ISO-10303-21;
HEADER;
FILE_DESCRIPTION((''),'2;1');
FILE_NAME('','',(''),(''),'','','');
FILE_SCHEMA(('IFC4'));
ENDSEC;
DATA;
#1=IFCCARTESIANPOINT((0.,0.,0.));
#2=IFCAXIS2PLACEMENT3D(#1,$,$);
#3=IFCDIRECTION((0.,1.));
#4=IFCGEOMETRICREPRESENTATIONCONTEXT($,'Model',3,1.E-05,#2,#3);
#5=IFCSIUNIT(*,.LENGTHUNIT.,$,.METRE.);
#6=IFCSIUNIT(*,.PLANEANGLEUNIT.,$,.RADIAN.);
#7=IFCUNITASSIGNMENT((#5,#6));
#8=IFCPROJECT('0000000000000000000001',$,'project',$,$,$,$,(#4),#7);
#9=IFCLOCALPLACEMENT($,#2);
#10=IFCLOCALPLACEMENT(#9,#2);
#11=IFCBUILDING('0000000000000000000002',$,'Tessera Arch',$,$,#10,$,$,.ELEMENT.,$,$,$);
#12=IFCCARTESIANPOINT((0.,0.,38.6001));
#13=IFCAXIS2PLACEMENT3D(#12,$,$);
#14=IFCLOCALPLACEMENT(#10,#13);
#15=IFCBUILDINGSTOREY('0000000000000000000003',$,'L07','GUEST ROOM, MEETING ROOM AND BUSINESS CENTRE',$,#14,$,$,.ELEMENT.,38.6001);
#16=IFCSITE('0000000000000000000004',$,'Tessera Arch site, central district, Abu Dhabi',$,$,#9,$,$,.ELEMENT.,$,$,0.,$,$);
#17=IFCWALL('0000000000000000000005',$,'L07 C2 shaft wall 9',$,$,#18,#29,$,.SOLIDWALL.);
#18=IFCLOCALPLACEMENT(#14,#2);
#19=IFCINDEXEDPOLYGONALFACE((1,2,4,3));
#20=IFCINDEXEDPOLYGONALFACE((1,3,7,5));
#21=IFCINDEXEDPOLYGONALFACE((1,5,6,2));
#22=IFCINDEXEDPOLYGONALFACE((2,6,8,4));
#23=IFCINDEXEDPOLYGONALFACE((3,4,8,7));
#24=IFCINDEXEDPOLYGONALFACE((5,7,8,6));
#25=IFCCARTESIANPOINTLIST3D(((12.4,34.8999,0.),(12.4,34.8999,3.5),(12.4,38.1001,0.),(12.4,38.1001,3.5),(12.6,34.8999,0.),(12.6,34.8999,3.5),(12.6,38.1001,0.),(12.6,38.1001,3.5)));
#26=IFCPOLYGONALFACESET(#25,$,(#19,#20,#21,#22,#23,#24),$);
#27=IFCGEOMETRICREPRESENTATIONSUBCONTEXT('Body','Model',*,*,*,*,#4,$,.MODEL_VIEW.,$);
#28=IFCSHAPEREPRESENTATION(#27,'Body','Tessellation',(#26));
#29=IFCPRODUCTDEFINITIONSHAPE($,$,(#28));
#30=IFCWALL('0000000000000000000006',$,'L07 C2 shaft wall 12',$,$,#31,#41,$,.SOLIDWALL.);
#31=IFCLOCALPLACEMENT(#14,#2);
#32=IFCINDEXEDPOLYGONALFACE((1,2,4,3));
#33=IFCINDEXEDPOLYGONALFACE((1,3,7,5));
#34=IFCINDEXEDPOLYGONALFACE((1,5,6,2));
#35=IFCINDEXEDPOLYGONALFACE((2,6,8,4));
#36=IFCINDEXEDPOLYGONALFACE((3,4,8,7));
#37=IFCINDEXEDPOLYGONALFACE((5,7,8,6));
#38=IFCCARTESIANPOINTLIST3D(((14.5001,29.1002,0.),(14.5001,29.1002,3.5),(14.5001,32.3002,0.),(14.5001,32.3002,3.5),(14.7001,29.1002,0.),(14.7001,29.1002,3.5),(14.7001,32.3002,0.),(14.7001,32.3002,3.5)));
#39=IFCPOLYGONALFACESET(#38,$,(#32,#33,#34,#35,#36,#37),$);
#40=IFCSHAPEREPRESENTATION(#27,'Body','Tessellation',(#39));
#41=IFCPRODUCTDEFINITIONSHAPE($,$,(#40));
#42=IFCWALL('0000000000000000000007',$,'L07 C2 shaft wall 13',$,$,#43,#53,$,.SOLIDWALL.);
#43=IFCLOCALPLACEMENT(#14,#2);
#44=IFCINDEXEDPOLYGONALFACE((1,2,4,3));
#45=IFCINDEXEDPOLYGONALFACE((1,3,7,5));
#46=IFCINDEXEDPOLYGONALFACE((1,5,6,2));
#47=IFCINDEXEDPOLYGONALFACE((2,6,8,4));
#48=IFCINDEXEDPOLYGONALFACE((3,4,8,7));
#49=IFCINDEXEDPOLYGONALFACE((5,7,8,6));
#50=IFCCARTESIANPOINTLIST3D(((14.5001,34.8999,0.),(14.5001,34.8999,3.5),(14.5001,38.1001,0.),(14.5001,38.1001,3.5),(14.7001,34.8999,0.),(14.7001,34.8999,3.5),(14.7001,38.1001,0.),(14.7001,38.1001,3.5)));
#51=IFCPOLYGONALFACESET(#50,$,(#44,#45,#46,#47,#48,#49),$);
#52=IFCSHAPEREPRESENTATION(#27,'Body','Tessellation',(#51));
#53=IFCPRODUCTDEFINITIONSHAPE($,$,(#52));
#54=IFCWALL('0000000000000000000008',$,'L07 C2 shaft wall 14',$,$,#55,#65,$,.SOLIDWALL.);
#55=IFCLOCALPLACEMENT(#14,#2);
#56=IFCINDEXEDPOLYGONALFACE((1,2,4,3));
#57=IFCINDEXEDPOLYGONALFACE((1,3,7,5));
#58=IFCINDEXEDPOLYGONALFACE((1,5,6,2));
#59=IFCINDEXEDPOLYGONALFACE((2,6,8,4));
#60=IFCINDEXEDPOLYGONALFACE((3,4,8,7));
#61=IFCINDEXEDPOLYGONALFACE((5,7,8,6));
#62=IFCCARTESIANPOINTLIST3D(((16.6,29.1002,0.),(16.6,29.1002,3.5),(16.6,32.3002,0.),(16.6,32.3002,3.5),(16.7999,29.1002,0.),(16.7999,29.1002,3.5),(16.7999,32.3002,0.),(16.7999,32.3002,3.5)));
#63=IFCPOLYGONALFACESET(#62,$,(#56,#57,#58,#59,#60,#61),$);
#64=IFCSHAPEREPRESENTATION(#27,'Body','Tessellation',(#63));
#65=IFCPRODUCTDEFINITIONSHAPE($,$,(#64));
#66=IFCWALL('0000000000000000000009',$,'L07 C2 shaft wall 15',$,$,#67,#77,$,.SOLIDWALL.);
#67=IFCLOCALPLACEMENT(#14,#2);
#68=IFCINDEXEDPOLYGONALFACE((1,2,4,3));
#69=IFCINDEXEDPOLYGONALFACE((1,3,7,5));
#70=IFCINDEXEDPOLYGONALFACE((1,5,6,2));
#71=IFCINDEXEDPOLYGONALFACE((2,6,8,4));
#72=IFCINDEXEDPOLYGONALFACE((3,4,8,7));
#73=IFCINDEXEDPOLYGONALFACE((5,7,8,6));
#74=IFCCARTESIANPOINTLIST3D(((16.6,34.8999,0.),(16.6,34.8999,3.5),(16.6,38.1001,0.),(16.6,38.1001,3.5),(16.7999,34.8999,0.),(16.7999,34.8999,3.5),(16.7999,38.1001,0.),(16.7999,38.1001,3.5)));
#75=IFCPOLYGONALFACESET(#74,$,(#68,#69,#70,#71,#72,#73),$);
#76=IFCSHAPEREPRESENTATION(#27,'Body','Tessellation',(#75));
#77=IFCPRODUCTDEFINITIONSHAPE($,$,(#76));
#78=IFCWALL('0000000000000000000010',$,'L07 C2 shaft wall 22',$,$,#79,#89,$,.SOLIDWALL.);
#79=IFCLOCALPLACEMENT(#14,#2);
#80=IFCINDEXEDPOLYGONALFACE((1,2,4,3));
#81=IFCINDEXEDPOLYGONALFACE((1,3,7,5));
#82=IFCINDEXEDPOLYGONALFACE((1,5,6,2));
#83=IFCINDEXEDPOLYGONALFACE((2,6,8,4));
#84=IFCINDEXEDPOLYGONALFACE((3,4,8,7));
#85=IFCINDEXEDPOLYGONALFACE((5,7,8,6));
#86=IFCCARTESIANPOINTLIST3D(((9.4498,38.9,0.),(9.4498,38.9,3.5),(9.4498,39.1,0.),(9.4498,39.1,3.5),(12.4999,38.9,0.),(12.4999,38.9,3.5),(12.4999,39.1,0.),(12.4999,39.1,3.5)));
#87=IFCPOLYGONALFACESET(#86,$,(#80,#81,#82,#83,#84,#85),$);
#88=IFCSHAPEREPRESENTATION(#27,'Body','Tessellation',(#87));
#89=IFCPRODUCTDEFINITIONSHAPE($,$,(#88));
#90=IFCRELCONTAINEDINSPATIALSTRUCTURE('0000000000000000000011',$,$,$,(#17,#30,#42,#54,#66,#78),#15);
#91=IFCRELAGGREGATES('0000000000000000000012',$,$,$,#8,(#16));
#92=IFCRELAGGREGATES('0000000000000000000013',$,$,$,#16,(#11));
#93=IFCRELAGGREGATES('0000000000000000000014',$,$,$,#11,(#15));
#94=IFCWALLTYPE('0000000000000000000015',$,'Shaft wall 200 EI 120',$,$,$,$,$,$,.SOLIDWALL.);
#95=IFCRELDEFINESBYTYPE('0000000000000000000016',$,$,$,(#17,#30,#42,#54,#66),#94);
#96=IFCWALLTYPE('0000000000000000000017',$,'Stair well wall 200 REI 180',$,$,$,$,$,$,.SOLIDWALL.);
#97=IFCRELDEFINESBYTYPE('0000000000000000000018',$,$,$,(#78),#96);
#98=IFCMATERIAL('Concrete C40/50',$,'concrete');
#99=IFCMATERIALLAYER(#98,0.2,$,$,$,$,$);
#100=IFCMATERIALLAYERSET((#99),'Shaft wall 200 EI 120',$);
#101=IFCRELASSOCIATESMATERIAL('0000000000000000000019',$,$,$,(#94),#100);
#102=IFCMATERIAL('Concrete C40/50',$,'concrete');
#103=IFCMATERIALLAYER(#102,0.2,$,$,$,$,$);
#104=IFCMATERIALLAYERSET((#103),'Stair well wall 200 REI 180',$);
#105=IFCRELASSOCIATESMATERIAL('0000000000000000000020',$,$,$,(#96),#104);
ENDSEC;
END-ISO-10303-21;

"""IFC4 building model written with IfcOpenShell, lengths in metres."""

from ifc_helpers import new_model, si_unit, direction, frame, frame_2d, origin, place, context, subcontext, project, spatial, rectangle, extrude, material, layer, layer_set, type_object, element, save


model = new_model("IFC4")

# Units and contexts
model_context = context("Model", 3, precision=1e-05, world=origin(), true_north=direction((0.0, 1.0)))
body_context = subcontext(model_context, "Body", "Model", "MODEL_VIEW")
ifc_project = project(units=[si_unit("LENGTHUNIT", "METRE"), si_unit("PLANEANGLEUNIT", "RADIAN")], contexts=[model_context])

# Site, building, storey
site_placement = place(None, origin())
site = spatial("IfcSite", under=ifc_project, at=site_placement, Name="Tessera Arch site, central district, Abu Dhabi", CompositionType="ELEMENT", RefElevation=0.0)
building_placement = place(site_placement, origin())
building = spatial("IfcBuilding", under=site, at=building_placement, Name="Tessera Arch", CompositionType="ELEMENT")
storey_placement = place(building_placement, frame((0.0, 0.0, 38.6001)))
storey = spatial("IfcBuildingStorey", under=building, at=storey_placement, Name="L07", Description="GUEST ROOM, MEETING ROOM AND BUSINESS CENTRE", CompositionType="ELEMENT", Elevation=38.6001)

# Walls
ifc_material_1 = material(Name="Concrete C40/50", Category="concrete")
ifc_layer_1 = layer(ifc_material_1, 0.2)
ifc_layer_set_1 = layer_set([ifc_layer_1], Name="Shaft wall 200 EI 120")
wall_type_1 = type_object("IfcWallType", Name="Shaft wall 200 EI 120", PredefinedType="SOLIDWALL", material=ifc_layer_set_1)
wall_1_placement = place(storey_placement, frame((12.5, 34.8999, 0.0), z_axis=(0.0, 0.0, 1.0), x_axis=(0.0, 1.0, 0.0)))
element("IfcWall", 1, at=wall_1_placement, inside=storey, type_object=wall_type_1, Name="L07 C2 shaft wall 9", PredefinedType="SOLIDWALL", context=body_context, shape_type="SweptSolid", body=[
    extrude(rectangle(XDim=3.2002, YDim=0.2, at=frame_2d((1.6001, 0.0))), origin(), (0.0, 0.0, 1.0), 3.5),
])
wall_2_placement = place(storey_placement, frame((14.6001, 29.1001, 0.0), z_axis=(0.0, 0.0, 1.0), x_axis=(0.0, 1.0, 0.0)))
element("IfcWall", 2, at=wall_2_placement, inside=storey, type_object=wall_type_1, Name="L07 C2 shaft wall 12", PredefinedType="SOLIDWALL", context=body_context, shape_type="SweptSolid", body=[
    extrude(rectangle(XDim=3.2, YDim=0.2, at=frame_2d((1.6001, 0.0))), origin(), (0.0, 0.0, 1.0), 3.5),
])
wall_3_placement = place(storey_placement, frame((14.6001, 34.8999, 0.0), z_axis=(0.0, 0.0, 1.0), x_axis=(0.0, 1.0, 0.0)))
element("IfcWall", 3, at=wall_3_placement, inside=storey, type_object=wall_type_1, Name="L07 C2 shaft wall 13", PredefinedType="SOLIDWALL", context=body_context, shape_type="SweptSolid", body=[
    extrude(rectangle(XDim=3.2002, YDim=0.2, at=frame_2d((1.6001, 0.0))), origin(), (0.0, 0.0, 1.0), 3.5),
])
wall_4_placement = place(storey_placement, frame((16.7, 29.1001, 0.0), z_axis=(0.0, 0.0, 1.0), x_axis=(0.0, 1.0, 0.0)))
element("IfcWall", 4, at=wall_4_placement, inside=storey, type_object=wall_type_1, Name="L07 C2 shaft wall 14", PredefinedType="SOLIDWALL", context=body_context, shape_type="SweptSolid", body=[
    extrude(rectangle(XDim=3.2, YDim=0.2, at=frame_2d((1.6001, 0.0))), origin(), (0.0, 0.0, 1.0), 3.5),
])
wall_5_placement = place(storey_placement, frame((16.7, 34.8999, 0.0), z_axis=(0.0, 0.0, 1.0), x_axis=(0.0, 1.0, 0.0)))
element("IfcWall", 5, at=wall_5_placement, inside=storey, type_object=wall_type_1, Name="L07 C2 shaft wall 15", PredefinedType="SOLIDWALL", context=body_context, shape_type="SweptSolid", body=[
    extrude(rectangle(XDim=3.2002, YDim=0.2, at=frame_2d((1.6001, 0.0))), origin(), (0.0, 0.0, 1.0), 3.5),
])
ifc_material_2 = material(Name="Concrete C40/50", Category="concrete")
ifc_layer_2 = layer(ifc_material_2, 0.2)
ifc_layer_set_2 = layer_set([ifc_layer_2], Name="Stair well wall 200 REI 180")
wall_type_2 = type_object("IfcWallType", Name="Stair well wall 200 REI 180", PredefinedType="SOLIDWALL", material=ifc_layer_set_2)
wall_6_placement = place(storey_placement, frame((9.45, 39.0, 0.0), z_axis=(0.0, 0.0, 1.0), x_axis=(1.0, 0.0, 0.0)))
element("IfcWall", 6, at=wall_6_placement, inside=storey, type_object=wall_type_2, Name="L07 C2 shaft wall 22", PredefinedType="SOLIDWALL", context=body_context, shape_type="SweptSolid", body=[
    extrude(rectangle(XDim=3.05, YDim=0.2, at=frame_2d((1.5249, 0.0))), origin(), (0.0, 0.0, 1.0), 3.5),
])

save(model, "model.ifc")
